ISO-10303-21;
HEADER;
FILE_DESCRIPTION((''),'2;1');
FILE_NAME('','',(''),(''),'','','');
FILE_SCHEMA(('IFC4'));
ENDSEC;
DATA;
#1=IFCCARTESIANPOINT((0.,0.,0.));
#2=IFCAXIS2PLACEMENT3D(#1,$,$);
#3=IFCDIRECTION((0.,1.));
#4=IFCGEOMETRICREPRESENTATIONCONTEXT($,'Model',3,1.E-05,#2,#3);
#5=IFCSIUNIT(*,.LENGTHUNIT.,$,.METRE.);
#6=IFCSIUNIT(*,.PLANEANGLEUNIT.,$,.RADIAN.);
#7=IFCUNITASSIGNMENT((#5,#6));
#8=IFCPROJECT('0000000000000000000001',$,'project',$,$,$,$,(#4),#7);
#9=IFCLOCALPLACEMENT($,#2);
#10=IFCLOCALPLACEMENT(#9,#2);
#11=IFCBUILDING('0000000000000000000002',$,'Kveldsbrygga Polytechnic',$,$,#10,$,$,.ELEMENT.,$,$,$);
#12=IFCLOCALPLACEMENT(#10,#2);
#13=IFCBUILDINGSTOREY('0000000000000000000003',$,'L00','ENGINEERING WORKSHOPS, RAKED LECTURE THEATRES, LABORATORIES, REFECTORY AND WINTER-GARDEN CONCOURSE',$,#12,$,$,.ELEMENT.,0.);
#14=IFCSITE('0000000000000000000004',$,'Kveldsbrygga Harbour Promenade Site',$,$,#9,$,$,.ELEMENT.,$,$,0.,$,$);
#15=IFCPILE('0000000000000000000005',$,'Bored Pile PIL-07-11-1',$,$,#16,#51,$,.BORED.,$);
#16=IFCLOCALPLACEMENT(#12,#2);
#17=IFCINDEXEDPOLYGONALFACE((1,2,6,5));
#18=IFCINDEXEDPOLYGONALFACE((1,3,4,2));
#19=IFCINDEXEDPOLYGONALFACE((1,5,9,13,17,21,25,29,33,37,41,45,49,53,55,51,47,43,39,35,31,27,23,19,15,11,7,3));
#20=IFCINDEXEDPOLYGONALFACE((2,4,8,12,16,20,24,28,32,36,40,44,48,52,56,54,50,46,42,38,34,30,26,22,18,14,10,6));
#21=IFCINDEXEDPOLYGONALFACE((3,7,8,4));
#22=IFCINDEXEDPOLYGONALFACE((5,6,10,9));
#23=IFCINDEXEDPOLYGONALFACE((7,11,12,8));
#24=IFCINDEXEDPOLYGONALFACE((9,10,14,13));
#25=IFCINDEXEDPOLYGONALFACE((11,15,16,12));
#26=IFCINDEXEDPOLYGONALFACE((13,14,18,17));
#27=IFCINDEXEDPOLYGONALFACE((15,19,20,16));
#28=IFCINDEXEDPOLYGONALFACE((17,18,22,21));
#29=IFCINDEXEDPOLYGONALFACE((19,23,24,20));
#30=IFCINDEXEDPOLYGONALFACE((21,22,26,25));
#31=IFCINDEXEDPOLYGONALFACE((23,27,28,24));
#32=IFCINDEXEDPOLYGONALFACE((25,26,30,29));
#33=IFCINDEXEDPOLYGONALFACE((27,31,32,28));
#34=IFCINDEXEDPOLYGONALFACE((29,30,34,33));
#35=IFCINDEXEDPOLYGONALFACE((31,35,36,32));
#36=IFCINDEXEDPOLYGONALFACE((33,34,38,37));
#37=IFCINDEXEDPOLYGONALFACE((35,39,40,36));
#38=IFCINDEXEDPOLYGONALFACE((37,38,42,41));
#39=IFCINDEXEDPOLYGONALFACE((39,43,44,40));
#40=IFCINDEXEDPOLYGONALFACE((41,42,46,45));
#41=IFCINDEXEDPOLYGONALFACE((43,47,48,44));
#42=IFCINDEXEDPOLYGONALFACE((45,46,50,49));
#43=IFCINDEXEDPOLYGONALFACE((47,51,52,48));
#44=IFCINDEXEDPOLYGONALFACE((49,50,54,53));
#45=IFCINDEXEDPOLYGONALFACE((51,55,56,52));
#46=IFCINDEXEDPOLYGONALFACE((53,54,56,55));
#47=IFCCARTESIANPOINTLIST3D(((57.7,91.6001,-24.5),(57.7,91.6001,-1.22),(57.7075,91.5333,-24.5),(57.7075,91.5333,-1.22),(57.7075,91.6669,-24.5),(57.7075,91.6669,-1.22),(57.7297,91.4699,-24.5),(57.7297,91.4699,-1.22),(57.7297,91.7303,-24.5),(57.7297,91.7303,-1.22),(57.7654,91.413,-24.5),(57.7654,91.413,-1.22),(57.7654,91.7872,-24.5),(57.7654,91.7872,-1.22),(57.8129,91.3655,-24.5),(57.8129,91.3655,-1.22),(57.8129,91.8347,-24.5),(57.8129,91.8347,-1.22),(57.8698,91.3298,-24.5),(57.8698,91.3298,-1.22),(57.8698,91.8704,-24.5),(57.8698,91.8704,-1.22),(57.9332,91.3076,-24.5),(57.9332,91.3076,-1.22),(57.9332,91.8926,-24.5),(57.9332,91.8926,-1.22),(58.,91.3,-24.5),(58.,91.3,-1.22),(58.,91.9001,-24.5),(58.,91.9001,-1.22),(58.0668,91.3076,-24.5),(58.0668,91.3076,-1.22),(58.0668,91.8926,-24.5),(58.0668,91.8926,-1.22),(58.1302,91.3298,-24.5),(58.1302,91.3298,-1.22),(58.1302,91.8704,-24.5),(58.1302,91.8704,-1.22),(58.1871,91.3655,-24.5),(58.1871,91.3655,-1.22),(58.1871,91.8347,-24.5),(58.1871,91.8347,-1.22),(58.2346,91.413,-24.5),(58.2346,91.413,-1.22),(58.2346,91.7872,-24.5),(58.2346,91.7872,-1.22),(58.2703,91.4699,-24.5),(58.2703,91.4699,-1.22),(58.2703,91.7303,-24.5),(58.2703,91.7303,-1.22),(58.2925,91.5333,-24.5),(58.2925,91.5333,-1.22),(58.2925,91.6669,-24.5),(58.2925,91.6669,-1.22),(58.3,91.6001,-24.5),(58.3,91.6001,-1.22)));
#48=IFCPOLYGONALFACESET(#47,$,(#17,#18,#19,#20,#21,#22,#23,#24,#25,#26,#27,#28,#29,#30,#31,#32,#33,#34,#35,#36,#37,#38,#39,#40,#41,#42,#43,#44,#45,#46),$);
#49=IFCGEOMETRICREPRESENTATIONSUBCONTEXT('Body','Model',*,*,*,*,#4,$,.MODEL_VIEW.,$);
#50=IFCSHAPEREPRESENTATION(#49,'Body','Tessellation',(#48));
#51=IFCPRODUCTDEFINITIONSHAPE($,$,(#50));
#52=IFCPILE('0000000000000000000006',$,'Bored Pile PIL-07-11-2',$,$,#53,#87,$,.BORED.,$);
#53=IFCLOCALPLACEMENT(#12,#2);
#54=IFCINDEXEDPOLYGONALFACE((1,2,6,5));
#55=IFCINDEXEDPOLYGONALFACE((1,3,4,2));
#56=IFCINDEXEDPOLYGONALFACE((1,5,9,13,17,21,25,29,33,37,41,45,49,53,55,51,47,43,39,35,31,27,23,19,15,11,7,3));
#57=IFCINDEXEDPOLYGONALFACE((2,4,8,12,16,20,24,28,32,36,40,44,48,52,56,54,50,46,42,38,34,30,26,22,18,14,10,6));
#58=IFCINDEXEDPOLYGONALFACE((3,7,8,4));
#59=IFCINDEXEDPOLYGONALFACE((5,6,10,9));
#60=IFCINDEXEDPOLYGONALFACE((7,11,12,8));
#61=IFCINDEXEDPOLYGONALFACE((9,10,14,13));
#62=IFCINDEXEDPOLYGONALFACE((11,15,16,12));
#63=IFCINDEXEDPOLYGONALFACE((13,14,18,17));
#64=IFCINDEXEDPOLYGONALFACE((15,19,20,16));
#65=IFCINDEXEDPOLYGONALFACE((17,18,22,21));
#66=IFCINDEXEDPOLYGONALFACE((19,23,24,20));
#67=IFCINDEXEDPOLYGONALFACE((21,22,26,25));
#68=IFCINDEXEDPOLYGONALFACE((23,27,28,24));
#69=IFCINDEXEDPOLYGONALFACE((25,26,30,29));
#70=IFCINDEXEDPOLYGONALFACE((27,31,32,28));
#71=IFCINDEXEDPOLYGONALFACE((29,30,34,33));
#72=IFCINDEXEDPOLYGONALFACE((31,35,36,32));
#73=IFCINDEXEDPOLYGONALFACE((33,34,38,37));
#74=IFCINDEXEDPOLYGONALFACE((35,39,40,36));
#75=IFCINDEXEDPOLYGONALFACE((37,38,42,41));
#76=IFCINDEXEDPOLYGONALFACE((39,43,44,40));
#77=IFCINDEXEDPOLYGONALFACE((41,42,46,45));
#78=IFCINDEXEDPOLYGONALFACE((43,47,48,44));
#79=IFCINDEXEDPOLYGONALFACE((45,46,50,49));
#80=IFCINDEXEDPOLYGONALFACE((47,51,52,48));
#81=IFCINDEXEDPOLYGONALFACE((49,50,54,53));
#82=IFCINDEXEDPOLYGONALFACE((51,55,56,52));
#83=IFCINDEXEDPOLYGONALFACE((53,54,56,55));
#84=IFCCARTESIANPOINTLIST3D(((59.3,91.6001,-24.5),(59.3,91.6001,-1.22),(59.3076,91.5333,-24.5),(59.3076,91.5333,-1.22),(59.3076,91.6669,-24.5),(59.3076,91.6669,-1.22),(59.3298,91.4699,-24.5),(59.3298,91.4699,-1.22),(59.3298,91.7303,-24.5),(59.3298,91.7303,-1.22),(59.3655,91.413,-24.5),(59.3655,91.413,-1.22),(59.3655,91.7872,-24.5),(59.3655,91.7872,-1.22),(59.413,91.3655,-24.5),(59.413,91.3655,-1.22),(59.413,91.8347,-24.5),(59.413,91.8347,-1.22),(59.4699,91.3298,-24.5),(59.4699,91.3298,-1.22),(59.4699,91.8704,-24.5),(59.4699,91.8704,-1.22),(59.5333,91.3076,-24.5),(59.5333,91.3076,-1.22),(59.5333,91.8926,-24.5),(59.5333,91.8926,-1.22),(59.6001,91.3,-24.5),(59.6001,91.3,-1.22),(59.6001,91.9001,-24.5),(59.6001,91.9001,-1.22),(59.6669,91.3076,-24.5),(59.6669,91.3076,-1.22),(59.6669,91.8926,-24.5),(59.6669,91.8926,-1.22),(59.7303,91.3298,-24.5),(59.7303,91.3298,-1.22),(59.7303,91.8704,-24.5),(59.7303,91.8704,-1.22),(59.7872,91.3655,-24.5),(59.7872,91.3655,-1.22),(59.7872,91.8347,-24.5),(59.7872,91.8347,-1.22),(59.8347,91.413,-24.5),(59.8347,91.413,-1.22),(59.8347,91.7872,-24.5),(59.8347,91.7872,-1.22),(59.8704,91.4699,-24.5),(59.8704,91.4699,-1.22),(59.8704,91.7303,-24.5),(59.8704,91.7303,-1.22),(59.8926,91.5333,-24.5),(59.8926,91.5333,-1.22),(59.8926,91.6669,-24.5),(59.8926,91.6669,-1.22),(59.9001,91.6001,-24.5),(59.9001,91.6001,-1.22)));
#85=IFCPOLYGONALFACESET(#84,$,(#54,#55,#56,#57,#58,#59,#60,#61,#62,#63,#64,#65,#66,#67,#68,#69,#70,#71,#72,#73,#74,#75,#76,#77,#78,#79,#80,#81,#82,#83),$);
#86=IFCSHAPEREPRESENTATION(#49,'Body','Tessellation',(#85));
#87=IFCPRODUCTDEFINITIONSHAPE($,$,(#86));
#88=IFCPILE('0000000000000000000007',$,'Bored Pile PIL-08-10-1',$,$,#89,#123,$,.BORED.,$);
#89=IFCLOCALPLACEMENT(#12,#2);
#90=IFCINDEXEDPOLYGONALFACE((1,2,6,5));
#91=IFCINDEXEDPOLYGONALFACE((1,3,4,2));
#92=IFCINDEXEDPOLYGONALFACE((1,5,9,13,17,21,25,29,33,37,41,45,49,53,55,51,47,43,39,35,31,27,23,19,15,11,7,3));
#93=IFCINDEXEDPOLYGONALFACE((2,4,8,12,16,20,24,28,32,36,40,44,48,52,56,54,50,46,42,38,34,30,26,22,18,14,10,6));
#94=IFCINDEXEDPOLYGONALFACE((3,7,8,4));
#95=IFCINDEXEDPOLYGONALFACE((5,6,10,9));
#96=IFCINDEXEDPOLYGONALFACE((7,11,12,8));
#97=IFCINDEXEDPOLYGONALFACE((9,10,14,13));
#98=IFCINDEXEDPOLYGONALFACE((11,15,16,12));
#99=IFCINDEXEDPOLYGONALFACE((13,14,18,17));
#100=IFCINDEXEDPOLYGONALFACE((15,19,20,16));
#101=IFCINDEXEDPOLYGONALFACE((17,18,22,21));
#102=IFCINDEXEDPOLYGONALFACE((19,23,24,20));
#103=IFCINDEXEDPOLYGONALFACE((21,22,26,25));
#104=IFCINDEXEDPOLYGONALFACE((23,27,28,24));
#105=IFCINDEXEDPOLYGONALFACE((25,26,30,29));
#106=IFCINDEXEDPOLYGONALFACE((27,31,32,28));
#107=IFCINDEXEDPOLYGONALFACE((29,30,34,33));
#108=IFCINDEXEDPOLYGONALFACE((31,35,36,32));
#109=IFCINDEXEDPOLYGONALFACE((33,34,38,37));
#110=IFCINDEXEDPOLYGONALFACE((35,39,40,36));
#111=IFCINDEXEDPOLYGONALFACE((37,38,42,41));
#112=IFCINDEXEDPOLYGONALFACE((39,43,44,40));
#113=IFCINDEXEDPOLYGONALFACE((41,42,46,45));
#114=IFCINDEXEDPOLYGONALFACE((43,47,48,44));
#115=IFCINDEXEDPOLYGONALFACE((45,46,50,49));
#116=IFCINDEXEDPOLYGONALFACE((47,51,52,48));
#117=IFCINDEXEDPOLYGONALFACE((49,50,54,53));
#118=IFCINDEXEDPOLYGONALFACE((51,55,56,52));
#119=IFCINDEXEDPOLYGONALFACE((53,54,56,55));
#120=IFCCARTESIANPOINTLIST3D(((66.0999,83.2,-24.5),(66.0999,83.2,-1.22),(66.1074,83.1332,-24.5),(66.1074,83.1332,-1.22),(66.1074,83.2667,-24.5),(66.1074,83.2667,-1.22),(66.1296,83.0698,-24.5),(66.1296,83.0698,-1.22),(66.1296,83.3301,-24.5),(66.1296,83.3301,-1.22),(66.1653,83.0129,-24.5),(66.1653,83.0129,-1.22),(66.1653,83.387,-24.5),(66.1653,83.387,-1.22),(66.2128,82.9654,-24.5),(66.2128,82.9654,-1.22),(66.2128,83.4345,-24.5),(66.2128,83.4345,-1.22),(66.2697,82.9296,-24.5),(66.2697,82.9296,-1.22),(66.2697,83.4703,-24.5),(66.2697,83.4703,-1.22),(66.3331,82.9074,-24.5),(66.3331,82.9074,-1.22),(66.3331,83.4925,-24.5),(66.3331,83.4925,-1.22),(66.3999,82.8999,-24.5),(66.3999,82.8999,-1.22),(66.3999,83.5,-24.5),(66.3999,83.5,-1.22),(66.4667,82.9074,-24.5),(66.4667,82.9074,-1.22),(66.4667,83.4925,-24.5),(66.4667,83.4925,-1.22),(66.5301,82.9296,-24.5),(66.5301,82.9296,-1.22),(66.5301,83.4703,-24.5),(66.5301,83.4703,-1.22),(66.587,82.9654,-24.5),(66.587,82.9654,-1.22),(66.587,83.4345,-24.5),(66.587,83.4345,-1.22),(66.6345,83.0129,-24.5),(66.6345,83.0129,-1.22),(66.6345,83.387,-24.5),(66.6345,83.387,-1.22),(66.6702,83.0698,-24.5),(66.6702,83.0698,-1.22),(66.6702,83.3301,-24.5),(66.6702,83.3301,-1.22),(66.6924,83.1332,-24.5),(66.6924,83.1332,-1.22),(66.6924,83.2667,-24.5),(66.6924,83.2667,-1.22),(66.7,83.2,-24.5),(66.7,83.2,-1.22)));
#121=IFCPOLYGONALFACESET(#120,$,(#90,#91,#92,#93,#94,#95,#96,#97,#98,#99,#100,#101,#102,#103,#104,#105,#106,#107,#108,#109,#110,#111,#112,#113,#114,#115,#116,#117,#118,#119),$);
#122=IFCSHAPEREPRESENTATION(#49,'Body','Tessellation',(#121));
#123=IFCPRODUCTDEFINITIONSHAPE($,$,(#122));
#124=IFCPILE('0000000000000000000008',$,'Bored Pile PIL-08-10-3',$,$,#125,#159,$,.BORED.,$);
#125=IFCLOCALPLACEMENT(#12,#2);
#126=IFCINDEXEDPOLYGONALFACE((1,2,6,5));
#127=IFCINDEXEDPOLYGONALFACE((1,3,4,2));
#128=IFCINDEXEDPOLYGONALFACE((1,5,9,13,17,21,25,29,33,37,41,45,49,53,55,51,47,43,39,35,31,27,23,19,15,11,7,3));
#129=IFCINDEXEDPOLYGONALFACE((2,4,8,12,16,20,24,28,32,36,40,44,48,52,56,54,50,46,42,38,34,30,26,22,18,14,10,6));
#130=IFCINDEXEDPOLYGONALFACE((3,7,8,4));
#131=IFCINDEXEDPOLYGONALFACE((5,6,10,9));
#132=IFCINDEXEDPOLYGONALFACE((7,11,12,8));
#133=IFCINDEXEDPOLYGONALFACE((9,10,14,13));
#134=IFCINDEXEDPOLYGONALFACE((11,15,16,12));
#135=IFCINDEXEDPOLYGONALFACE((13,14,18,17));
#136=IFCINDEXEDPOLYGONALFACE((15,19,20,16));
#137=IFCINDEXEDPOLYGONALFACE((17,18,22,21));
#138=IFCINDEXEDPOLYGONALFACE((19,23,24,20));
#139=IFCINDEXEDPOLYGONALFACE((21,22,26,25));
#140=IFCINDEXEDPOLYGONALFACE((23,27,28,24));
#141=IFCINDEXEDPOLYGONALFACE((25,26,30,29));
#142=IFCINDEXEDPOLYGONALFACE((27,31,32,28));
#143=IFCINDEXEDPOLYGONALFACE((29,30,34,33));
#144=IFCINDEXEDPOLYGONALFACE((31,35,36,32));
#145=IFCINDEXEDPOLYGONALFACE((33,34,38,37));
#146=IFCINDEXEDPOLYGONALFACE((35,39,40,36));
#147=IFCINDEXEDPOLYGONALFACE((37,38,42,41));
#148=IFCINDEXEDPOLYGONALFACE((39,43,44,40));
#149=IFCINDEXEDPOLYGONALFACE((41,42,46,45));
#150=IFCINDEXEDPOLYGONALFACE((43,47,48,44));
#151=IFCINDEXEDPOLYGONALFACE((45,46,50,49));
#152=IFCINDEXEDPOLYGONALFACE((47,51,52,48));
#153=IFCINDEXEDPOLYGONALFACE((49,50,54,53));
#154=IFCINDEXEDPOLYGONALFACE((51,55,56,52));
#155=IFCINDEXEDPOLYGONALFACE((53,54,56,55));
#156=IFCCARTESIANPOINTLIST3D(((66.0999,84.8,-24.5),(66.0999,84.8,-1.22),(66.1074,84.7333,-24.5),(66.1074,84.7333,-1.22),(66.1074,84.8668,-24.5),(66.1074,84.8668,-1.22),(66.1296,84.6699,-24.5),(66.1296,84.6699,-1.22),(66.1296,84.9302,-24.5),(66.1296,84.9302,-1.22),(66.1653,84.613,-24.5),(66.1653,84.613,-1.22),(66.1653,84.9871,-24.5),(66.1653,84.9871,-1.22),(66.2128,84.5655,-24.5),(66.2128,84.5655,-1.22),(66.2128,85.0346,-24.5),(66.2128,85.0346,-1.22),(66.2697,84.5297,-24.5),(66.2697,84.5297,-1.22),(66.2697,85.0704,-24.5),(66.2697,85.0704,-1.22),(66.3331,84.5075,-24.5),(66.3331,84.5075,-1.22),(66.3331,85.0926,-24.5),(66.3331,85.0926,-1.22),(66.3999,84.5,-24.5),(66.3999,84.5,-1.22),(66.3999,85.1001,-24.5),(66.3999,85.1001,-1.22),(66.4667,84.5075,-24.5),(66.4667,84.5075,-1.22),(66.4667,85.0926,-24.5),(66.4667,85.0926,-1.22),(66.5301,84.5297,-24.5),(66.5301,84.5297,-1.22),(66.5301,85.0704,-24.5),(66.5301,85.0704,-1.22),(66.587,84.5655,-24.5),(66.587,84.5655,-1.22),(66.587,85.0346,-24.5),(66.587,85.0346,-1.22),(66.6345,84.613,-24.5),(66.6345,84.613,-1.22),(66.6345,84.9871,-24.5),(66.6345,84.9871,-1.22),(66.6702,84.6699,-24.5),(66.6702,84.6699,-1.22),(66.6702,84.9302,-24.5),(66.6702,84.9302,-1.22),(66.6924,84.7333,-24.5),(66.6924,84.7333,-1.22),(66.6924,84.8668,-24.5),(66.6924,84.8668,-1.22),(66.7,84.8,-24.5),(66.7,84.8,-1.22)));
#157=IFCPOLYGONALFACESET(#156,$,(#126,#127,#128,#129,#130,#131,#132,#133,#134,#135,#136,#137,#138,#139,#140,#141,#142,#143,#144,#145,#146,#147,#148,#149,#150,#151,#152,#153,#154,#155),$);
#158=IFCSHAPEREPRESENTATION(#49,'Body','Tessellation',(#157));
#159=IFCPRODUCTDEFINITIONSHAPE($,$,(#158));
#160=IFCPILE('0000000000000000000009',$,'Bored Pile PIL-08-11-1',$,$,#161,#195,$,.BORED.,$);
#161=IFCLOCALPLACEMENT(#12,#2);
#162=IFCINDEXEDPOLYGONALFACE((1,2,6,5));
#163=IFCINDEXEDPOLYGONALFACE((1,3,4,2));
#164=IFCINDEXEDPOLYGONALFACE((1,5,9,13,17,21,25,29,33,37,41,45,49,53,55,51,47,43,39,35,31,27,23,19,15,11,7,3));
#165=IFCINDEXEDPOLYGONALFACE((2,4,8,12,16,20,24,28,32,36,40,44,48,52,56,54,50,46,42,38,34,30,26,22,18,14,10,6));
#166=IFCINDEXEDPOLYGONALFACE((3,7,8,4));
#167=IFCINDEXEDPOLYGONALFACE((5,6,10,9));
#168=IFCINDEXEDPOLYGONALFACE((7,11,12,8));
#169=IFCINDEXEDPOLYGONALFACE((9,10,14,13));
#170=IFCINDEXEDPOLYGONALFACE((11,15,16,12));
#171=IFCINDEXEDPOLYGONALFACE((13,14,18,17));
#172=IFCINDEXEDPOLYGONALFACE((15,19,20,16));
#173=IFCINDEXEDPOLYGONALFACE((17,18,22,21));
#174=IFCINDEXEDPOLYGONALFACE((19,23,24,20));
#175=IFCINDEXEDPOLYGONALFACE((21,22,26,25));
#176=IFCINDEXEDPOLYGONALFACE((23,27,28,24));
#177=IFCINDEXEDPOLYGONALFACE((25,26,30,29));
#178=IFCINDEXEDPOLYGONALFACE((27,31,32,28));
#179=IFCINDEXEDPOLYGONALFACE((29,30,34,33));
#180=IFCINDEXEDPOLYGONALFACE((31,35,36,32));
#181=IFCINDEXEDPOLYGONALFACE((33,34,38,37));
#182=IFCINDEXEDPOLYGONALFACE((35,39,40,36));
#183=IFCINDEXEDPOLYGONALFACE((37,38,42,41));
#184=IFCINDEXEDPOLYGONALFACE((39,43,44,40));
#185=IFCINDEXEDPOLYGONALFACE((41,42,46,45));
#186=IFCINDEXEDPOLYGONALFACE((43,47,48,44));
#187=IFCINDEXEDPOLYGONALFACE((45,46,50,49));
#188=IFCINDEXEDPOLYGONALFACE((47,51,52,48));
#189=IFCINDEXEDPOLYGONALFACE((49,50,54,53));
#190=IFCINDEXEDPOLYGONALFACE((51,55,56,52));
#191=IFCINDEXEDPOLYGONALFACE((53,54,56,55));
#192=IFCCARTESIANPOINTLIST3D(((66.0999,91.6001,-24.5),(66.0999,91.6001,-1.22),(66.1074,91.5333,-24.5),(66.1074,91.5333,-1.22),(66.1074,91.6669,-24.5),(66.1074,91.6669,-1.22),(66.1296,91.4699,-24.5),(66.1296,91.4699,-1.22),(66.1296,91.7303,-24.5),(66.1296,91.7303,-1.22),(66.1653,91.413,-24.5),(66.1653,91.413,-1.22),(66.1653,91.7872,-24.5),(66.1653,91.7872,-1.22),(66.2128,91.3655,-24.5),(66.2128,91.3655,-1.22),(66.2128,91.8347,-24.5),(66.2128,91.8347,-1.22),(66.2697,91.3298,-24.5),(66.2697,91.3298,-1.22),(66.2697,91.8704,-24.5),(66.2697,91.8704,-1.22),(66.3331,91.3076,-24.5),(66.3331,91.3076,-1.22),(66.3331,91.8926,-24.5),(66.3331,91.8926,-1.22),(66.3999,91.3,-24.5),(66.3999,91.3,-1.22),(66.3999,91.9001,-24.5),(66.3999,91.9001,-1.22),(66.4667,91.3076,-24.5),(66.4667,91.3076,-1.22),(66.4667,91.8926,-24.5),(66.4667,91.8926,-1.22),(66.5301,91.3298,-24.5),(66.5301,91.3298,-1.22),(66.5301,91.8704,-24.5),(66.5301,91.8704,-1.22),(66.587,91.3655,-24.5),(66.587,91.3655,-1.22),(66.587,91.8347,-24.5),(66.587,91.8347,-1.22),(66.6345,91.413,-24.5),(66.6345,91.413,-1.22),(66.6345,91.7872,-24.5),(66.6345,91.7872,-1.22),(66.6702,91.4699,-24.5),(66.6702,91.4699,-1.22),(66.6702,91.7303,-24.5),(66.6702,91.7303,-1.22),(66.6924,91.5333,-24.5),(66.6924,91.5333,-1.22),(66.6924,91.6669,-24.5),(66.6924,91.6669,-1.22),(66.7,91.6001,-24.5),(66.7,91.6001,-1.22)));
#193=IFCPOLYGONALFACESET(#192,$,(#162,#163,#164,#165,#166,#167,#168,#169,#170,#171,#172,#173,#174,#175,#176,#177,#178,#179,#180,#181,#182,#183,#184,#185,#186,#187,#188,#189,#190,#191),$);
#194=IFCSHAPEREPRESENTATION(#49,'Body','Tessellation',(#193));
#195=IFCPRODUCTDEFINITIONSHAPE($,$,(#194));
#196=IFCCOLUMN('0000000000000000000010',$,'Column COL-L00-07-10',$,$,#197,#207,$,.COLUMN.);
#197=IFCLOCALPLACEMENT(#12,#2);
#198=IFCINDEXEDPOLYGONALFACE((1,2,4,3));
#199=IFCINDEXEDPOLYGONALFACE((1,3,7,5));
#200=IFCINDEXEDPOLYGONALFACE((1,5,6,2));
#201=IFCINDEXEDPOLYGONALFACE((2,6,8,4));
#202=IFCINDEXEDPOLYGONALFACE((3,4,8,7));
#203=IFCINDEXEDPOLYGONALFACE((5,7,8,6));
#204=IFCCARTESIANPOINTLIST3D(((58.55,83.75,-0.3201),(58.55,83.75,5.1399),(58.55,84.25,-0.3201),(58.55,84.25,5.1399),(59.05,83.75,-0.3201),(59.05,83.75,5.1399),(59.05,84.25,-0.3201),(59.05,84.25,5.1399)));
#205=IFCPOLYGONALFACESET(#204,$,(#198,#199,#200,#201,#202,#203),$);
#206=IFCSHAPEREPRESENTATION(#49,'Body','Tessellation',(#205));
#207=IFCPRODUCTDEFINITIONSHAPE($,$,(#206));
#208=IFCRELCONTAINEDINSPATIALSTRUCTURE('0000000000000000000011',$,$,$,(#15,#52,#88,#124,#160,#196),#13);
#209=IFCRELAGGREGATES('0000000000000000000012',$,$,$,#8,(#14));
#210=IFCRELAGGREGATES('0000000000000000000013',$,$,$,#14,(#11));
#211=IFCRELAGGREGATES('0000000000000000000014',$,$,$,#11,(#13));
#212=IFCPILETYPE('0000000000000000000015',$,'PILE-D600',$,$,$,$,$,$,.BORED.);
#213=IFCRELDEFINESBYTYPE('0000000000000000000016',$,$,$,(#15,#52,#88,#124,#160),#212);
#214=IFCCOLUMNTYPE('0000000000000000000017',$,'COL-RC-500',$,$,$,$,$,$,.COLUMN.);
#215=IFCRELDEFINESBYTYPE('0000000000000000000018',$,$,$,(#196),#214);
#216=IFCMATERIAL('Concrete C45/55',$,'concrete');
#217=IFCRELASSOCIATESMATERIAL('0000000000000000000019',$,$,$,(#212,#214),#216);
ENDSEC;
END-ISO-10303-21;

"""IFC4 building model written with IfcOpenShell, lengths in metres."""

from ifc_helpers import new_model, si_unit, direction, frame, origin, origin_2d, place, context, subcontext, project, spatial, rectangle, circle, extrude, material, material_profile, profile_set, type_object, element, save


model = new_model("IFC4")

# Units and contexts
model_context = context("Model", 3, precision=1e-05, world=origin(), true_north=direction((0.0, 1.0)))
body_context = subcontext(model_context, "Body", "Model", "MODEL_VIEW")
ifc_project = project(units=[si_unit("LENGTHUNIT", "METRE"), si_unit("PLANEANGLEUNIT", "RADIAN")], contexts=[model_context])

# Site, building, storey
site_placement = place(None, origin())
site = spatial("IfcSite", under=ifc_project, at=site_placement, Name="Kveldsbrygga Harbour Promenade Site", CompositionType="ELEMENT", RefElevation=0.0)
building_placement = place(site_placement, origin())
building = spatial("IfcBuilding", under=site, at=building_placement, Name="Kveldsbrygga Polytechnic", CompositionType="ELEMENT")
storey_placement = place(building_placement, origin())
storey = spatial("IfcBuildingStorey", under=building, at=storey_placement, Name="L00", Description="ENGINEERING WORKSHOPS, RAKED LECTURE THEATRES, LABORATORIES, REFECTORY AND WINTER-GARDEN CONCOURSE", CompositionType="ELEMENT", Elevation=0.0)

# Shared definitions
ifc_material_1 = material(Name="Concrete C45/55", Category="concrete")

# Piles
ifc_material_profile_1 = material_profile(ifc_material_1, circle(Radius=0.3, at=origin_2d()), Name="PILE D600")
ifc_profile_set_1 = profile_set([ifc_material_profile_1], Name="Concrete C45/55")
pile_type = type_object("IfcPileType", Name="PILE-D600", PredefinedType="BORED", material=ifc_profile_set_1)
for number, where, z_axis, x_axis, name in (
    (1, (58.0, 91.6001, -1.22), (0.0, 0.0, -1.0), (1.0, 0.0, 0.0), "Bored Pile PIL-07-11-1"),
    (2, (59.6001, 91.6001, -1.22), (0.0, 0.0, -1.0), (1.0, 0.0, 0.0), "Bored Pile PIL-07-11-2"),
    (3, (66.3999, 83.2, -1.22), (0.0, 0.0, -1.0), (1.0, 0.0, 0.0), "Bored Pile PIL-08-10-1"),
    (4, (66.3999, 84.8, -1.22), (0.0, 0.0, -1.0), (1.0, 0.0, 0.0), "Bored Pile PIL-08-10-3"),
    (5, (66.3999, 91.6001, -1.22), (0.0, 0.0, -1.0), (1.0, 0.0, 0.0), "Bored Pile PIL-08-11-1"),
):
    element("IfcPile", number, at=place(storey_placement, frame(where, z_axis=z_axis, x_axis=x_axis)), inside=storey, type_object=pile_type, Name=name, PredefinedType="BORED", context=body_context, shape_type="SweptSolid", body=[
        extrude(circle(Radius=0.3, at=origin_2d()), origin(), (0.0, 0.0, 1.0), 23.28),
    ])

# Column
ifc_material_profile_2 = material_profile(ifc_material_1, rectangle(XDim=0.5, YDim=0.5, at=origin_2d()), Name="RC 500x500")
ifc_profile_set_2 = profile_set([ifc_material_profile_2], Name="Concrete C45/55")
column_type_1 = type_object("IfcColumnType", Name="COL-RC-500", PredefinedType="COLUMN", material=ifc_profile_set_2)
column_placement = place(storey_placement, frame((58.8, 84.0, -0.3201), z_axis=(0.0, 0.0, 1.0), x_axis=(1.0, 0.0, 0.0)))
element("IfcColumn", 6, at=column_placement, inside=storey, type_object=column_type_1, Name="Column COL-L00-07-10", PredefinedType="COLUMN", context=body_context, shape_type="SweptSolid", body=[
    extrude(rectangle(XDim=0.5, YDim=0.5, at=origin_2d()), origin(), (0.0, 0.0, 1.0), 5.46),
])

save(model, "model.ifc")
